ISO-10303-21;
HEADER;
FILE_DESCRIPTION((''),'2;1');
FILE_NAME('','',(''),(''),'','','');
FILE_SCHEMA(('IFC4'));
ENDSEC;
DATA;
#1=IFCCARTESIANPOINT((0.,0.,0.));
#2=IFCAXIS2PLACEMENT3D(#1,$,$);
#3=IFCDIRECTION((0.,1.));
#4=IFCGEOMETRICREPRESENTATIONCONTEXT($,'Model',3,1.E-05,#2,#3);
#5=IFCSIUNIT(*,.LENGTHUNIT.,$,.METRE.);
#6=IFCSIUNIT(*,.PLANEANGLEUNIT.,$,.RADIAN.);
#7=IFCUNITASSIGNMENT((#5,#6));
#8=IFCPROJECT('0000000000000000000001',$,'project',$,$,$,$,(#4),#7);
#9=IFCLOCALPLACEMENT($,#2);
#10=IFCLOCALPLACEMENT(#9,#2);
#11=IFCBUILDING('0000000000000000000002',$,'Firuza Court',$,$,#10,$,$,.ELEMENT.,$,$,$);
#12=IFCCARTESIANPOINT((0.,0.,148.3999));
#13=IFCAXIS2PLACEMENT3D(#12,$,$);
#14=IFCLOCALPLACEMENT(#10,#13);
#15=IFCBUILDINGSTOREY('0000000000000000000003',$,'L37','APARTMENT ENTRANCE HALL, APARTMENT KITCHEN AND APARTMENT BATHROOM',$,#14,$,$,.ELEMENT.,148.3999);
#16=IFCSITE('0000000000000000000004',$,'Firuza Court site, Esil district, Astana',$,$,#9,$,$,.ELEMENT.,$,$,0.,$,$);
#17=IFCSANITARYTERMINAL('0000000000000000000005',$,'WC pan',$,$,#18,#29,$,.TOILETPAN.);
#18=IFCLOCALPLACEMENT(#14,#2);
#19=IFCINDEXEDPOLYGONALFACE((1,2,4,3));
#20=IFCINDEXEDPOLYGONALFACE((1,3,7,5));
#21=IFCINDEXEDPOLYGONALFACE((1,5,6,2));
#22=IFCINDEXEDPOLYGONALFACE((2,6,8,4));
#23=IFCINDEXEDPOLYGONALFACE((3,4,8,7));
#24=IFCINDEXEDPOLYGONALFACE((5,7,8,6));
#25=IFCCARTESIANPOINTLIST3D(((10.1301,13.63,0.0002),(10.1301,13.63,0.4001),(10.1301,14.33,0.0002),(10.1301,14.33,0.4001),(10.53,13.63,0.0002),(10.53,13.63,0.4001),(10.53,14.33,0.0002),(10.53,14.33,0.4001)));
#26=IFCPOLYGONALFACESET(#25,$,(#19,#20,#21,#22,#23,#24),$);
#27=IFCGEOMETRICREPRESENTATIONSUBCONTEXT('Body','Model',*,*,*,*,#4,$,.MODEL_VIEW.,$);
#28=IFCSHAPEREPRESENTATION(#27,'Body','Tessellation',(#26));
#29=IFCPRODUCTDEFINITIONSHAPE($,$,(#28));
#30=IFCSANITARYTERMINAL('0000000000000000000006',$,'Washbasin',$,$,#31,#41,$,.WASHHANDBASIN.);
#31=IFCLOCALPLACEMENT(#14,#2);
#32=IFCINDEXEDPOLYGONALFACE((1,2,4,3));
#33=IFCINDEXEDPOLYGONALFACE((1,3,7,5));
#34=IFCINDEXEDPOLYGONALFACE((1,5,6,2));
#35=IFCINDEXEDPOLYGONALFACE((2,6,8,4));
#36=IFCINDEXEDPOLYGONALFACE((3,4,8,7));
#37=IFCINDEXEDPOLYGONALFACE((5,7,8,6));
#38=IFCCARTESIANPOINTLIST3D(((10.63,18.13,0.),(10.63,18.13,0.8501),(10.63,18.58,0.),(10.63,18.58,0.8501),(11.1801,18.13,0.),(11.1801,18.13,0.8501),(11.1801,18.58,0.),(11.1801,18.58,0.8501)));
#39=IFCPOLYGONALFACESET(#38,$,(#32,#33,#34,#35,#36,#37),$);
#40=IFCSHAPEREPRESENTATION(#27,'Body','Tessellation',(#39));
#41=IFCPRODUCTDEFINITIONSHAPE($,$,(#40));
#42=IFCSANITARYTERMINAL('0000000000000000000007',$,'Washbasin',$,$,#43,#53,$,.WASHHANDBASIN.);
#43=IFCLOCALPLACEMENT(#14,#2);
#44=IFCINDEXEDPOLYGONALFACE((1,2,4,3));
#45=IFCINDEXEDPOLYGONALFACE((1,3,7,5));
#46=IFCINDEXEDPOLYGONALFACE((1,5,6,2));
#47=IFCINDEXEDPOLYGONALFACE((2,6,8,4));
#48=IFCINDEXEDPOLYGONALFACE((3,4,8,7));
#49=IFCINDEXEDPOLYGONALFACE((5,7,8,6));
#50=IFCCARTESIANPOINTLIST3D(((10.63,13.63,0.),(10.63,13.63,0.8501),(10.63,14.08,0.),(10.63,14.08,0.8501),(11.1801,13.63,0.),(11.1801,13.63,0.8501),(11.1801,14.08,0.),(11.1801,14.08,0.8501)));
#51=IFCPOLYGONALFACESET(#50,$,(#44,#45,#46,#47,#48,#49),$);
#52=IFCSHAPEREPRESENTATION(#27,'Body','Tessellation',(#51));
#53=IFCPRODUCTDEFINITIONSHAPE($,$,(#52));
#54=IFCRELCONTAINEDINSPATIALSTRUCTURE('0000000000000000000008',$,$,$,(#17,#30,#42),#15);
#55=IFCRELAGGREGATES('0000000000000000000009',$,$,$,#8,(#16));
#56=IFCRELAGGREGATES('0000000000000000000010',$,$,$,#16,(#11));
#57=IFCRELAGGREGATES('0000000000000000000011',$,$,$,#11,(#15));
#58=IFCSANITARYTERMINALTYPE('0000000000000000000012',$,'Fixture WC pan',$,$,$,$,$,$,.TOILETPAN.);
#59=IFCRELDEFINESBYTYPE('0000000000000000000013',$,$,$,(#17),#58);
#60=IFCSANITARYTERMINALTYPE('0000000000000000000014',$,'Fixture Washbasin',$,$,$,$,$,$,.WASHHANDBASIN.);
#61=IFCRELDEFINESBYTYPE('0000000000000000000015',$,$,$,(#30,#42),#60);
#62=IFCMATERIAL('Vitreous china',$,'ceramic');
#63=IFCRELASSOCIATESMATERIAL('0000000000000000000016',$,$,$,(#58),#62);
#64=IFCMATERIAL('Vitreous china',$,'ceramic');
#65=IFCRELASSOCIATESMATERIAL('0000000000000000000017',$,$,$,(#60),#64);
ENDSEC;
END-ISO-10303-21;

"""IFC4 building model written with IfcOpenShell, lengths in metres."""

from ifc_helpers import new_model, si_unit, direction, frame, origin, origin_2d, place, context, subcontext, project, spatial, rectangle, extrude, material, type_object, element, save


model = new_model("IFC4")

# Units and contexts
model_context = context("Model", 3, precision=1e-05, world=origin(), true_north=direction((0.0, 1.0)))
body_context = subcontext(model_context, "Body", "Model", "MODEL_VIEW")
ifc_project = project(units=[si_unit("LENGTHUNIT", "METRE"), si_unit("PLANEANGLEUNIT", "RADIAN")], contexts=[model_context])

# Site, building, storey
site_placement = place(None, origin())
site = spatial("IfcSite", under=ifc_project, at=site_placement, Name="Firuza Court site, Esil district, Astana", CompositionType="ELEMENT", RefElevation=0.0)
building_placement = place(site_placement, origin())
building = spatial("IfcBuilding", under=site, at=building_placement, Name="Firuza Court", CompositionType="ELEMENT")
storey_placement = place(building_placement, frame((0.0, 0.0, 148.3999)))
storey = spatial("IfcBuildingStorey", under=building, at=storey_placement, Name="L37", Description="APARTMENT ENTRANCE HALL, APARTMENT KITCHEN AND APARTMENT BATHROOM", CompositionType="ELEMENT", Elevation=148.3999)

# Sanitary terminals
ifc_material_1 = material(Name="Vitreous china", Category="ceramic")
sanitary_terminal_type_1 = type_object("IfcSanitaryTerminalType", Name="Fixture WC pan", PredefinedType="TOILETPAN", material=ifc_material_1)
for number, where, z_axis, x_axis, name in (
    (1, (10.3301, 13.98, 0.0002), (0.0, 0.0, 1.0), (1.0, 0.0, 0.0), "WC pan"),
):
    element("IfcSanitaryTerminal", number, at=place(storey_placement, frame(where, z_axis=z_axis, x_axis=x_axis)), inside=storey, type_object=sanitary_terminal_type_1, Name=name, PredefinedType="TOILETPAN", context=body_context, shape_type="SweptSolid", body=[
        extrude(rectangle(XDim=0.3999, YDim=0.7, at=origin_2d()), origin(), (0.0, 0.0, 1.0), 0.3999),
    ])
ifc_material_2 = material(Name="Vitreous china", Category="ceramic")
sanitary_terminal_type_2 = type_object("IfcSanitaryTerminalType", Name="Fixture Washbasin", PredefinedType="WASHHANDBASIN", material=ifc_material_2)
for number, where, z_axis, x_axis, name in (
    (2, (10.905, 18.355, 0.0), (0.0, 0.0, 1.0), (1.0, 0.0, 0.0), "Washbasin"),
    (3, (10.905, 13.855, 0.0), (0.0, 0.0, 1.0), (1.0, 0.0, 0.0), "Washbasin"),
):
    element("IfcSanitaryTerminal", number, at=place(storey_placement, frame(where, z_axis=z_axis, x_axis=x_axis)), inside=storey, type_object=sanitary_terminal_type_2, Name=name, PredefinedType="WASHHANDBASIN", context=body_context, shape_type="SweptSolid", body=[
        extrude(rectangle(XDim=0.55, YDim=0.45, at=origin_2d()), origin(), (0.0, 0.0, 1.0), 0.8501),
    ])

save(model, "model.ifc")
